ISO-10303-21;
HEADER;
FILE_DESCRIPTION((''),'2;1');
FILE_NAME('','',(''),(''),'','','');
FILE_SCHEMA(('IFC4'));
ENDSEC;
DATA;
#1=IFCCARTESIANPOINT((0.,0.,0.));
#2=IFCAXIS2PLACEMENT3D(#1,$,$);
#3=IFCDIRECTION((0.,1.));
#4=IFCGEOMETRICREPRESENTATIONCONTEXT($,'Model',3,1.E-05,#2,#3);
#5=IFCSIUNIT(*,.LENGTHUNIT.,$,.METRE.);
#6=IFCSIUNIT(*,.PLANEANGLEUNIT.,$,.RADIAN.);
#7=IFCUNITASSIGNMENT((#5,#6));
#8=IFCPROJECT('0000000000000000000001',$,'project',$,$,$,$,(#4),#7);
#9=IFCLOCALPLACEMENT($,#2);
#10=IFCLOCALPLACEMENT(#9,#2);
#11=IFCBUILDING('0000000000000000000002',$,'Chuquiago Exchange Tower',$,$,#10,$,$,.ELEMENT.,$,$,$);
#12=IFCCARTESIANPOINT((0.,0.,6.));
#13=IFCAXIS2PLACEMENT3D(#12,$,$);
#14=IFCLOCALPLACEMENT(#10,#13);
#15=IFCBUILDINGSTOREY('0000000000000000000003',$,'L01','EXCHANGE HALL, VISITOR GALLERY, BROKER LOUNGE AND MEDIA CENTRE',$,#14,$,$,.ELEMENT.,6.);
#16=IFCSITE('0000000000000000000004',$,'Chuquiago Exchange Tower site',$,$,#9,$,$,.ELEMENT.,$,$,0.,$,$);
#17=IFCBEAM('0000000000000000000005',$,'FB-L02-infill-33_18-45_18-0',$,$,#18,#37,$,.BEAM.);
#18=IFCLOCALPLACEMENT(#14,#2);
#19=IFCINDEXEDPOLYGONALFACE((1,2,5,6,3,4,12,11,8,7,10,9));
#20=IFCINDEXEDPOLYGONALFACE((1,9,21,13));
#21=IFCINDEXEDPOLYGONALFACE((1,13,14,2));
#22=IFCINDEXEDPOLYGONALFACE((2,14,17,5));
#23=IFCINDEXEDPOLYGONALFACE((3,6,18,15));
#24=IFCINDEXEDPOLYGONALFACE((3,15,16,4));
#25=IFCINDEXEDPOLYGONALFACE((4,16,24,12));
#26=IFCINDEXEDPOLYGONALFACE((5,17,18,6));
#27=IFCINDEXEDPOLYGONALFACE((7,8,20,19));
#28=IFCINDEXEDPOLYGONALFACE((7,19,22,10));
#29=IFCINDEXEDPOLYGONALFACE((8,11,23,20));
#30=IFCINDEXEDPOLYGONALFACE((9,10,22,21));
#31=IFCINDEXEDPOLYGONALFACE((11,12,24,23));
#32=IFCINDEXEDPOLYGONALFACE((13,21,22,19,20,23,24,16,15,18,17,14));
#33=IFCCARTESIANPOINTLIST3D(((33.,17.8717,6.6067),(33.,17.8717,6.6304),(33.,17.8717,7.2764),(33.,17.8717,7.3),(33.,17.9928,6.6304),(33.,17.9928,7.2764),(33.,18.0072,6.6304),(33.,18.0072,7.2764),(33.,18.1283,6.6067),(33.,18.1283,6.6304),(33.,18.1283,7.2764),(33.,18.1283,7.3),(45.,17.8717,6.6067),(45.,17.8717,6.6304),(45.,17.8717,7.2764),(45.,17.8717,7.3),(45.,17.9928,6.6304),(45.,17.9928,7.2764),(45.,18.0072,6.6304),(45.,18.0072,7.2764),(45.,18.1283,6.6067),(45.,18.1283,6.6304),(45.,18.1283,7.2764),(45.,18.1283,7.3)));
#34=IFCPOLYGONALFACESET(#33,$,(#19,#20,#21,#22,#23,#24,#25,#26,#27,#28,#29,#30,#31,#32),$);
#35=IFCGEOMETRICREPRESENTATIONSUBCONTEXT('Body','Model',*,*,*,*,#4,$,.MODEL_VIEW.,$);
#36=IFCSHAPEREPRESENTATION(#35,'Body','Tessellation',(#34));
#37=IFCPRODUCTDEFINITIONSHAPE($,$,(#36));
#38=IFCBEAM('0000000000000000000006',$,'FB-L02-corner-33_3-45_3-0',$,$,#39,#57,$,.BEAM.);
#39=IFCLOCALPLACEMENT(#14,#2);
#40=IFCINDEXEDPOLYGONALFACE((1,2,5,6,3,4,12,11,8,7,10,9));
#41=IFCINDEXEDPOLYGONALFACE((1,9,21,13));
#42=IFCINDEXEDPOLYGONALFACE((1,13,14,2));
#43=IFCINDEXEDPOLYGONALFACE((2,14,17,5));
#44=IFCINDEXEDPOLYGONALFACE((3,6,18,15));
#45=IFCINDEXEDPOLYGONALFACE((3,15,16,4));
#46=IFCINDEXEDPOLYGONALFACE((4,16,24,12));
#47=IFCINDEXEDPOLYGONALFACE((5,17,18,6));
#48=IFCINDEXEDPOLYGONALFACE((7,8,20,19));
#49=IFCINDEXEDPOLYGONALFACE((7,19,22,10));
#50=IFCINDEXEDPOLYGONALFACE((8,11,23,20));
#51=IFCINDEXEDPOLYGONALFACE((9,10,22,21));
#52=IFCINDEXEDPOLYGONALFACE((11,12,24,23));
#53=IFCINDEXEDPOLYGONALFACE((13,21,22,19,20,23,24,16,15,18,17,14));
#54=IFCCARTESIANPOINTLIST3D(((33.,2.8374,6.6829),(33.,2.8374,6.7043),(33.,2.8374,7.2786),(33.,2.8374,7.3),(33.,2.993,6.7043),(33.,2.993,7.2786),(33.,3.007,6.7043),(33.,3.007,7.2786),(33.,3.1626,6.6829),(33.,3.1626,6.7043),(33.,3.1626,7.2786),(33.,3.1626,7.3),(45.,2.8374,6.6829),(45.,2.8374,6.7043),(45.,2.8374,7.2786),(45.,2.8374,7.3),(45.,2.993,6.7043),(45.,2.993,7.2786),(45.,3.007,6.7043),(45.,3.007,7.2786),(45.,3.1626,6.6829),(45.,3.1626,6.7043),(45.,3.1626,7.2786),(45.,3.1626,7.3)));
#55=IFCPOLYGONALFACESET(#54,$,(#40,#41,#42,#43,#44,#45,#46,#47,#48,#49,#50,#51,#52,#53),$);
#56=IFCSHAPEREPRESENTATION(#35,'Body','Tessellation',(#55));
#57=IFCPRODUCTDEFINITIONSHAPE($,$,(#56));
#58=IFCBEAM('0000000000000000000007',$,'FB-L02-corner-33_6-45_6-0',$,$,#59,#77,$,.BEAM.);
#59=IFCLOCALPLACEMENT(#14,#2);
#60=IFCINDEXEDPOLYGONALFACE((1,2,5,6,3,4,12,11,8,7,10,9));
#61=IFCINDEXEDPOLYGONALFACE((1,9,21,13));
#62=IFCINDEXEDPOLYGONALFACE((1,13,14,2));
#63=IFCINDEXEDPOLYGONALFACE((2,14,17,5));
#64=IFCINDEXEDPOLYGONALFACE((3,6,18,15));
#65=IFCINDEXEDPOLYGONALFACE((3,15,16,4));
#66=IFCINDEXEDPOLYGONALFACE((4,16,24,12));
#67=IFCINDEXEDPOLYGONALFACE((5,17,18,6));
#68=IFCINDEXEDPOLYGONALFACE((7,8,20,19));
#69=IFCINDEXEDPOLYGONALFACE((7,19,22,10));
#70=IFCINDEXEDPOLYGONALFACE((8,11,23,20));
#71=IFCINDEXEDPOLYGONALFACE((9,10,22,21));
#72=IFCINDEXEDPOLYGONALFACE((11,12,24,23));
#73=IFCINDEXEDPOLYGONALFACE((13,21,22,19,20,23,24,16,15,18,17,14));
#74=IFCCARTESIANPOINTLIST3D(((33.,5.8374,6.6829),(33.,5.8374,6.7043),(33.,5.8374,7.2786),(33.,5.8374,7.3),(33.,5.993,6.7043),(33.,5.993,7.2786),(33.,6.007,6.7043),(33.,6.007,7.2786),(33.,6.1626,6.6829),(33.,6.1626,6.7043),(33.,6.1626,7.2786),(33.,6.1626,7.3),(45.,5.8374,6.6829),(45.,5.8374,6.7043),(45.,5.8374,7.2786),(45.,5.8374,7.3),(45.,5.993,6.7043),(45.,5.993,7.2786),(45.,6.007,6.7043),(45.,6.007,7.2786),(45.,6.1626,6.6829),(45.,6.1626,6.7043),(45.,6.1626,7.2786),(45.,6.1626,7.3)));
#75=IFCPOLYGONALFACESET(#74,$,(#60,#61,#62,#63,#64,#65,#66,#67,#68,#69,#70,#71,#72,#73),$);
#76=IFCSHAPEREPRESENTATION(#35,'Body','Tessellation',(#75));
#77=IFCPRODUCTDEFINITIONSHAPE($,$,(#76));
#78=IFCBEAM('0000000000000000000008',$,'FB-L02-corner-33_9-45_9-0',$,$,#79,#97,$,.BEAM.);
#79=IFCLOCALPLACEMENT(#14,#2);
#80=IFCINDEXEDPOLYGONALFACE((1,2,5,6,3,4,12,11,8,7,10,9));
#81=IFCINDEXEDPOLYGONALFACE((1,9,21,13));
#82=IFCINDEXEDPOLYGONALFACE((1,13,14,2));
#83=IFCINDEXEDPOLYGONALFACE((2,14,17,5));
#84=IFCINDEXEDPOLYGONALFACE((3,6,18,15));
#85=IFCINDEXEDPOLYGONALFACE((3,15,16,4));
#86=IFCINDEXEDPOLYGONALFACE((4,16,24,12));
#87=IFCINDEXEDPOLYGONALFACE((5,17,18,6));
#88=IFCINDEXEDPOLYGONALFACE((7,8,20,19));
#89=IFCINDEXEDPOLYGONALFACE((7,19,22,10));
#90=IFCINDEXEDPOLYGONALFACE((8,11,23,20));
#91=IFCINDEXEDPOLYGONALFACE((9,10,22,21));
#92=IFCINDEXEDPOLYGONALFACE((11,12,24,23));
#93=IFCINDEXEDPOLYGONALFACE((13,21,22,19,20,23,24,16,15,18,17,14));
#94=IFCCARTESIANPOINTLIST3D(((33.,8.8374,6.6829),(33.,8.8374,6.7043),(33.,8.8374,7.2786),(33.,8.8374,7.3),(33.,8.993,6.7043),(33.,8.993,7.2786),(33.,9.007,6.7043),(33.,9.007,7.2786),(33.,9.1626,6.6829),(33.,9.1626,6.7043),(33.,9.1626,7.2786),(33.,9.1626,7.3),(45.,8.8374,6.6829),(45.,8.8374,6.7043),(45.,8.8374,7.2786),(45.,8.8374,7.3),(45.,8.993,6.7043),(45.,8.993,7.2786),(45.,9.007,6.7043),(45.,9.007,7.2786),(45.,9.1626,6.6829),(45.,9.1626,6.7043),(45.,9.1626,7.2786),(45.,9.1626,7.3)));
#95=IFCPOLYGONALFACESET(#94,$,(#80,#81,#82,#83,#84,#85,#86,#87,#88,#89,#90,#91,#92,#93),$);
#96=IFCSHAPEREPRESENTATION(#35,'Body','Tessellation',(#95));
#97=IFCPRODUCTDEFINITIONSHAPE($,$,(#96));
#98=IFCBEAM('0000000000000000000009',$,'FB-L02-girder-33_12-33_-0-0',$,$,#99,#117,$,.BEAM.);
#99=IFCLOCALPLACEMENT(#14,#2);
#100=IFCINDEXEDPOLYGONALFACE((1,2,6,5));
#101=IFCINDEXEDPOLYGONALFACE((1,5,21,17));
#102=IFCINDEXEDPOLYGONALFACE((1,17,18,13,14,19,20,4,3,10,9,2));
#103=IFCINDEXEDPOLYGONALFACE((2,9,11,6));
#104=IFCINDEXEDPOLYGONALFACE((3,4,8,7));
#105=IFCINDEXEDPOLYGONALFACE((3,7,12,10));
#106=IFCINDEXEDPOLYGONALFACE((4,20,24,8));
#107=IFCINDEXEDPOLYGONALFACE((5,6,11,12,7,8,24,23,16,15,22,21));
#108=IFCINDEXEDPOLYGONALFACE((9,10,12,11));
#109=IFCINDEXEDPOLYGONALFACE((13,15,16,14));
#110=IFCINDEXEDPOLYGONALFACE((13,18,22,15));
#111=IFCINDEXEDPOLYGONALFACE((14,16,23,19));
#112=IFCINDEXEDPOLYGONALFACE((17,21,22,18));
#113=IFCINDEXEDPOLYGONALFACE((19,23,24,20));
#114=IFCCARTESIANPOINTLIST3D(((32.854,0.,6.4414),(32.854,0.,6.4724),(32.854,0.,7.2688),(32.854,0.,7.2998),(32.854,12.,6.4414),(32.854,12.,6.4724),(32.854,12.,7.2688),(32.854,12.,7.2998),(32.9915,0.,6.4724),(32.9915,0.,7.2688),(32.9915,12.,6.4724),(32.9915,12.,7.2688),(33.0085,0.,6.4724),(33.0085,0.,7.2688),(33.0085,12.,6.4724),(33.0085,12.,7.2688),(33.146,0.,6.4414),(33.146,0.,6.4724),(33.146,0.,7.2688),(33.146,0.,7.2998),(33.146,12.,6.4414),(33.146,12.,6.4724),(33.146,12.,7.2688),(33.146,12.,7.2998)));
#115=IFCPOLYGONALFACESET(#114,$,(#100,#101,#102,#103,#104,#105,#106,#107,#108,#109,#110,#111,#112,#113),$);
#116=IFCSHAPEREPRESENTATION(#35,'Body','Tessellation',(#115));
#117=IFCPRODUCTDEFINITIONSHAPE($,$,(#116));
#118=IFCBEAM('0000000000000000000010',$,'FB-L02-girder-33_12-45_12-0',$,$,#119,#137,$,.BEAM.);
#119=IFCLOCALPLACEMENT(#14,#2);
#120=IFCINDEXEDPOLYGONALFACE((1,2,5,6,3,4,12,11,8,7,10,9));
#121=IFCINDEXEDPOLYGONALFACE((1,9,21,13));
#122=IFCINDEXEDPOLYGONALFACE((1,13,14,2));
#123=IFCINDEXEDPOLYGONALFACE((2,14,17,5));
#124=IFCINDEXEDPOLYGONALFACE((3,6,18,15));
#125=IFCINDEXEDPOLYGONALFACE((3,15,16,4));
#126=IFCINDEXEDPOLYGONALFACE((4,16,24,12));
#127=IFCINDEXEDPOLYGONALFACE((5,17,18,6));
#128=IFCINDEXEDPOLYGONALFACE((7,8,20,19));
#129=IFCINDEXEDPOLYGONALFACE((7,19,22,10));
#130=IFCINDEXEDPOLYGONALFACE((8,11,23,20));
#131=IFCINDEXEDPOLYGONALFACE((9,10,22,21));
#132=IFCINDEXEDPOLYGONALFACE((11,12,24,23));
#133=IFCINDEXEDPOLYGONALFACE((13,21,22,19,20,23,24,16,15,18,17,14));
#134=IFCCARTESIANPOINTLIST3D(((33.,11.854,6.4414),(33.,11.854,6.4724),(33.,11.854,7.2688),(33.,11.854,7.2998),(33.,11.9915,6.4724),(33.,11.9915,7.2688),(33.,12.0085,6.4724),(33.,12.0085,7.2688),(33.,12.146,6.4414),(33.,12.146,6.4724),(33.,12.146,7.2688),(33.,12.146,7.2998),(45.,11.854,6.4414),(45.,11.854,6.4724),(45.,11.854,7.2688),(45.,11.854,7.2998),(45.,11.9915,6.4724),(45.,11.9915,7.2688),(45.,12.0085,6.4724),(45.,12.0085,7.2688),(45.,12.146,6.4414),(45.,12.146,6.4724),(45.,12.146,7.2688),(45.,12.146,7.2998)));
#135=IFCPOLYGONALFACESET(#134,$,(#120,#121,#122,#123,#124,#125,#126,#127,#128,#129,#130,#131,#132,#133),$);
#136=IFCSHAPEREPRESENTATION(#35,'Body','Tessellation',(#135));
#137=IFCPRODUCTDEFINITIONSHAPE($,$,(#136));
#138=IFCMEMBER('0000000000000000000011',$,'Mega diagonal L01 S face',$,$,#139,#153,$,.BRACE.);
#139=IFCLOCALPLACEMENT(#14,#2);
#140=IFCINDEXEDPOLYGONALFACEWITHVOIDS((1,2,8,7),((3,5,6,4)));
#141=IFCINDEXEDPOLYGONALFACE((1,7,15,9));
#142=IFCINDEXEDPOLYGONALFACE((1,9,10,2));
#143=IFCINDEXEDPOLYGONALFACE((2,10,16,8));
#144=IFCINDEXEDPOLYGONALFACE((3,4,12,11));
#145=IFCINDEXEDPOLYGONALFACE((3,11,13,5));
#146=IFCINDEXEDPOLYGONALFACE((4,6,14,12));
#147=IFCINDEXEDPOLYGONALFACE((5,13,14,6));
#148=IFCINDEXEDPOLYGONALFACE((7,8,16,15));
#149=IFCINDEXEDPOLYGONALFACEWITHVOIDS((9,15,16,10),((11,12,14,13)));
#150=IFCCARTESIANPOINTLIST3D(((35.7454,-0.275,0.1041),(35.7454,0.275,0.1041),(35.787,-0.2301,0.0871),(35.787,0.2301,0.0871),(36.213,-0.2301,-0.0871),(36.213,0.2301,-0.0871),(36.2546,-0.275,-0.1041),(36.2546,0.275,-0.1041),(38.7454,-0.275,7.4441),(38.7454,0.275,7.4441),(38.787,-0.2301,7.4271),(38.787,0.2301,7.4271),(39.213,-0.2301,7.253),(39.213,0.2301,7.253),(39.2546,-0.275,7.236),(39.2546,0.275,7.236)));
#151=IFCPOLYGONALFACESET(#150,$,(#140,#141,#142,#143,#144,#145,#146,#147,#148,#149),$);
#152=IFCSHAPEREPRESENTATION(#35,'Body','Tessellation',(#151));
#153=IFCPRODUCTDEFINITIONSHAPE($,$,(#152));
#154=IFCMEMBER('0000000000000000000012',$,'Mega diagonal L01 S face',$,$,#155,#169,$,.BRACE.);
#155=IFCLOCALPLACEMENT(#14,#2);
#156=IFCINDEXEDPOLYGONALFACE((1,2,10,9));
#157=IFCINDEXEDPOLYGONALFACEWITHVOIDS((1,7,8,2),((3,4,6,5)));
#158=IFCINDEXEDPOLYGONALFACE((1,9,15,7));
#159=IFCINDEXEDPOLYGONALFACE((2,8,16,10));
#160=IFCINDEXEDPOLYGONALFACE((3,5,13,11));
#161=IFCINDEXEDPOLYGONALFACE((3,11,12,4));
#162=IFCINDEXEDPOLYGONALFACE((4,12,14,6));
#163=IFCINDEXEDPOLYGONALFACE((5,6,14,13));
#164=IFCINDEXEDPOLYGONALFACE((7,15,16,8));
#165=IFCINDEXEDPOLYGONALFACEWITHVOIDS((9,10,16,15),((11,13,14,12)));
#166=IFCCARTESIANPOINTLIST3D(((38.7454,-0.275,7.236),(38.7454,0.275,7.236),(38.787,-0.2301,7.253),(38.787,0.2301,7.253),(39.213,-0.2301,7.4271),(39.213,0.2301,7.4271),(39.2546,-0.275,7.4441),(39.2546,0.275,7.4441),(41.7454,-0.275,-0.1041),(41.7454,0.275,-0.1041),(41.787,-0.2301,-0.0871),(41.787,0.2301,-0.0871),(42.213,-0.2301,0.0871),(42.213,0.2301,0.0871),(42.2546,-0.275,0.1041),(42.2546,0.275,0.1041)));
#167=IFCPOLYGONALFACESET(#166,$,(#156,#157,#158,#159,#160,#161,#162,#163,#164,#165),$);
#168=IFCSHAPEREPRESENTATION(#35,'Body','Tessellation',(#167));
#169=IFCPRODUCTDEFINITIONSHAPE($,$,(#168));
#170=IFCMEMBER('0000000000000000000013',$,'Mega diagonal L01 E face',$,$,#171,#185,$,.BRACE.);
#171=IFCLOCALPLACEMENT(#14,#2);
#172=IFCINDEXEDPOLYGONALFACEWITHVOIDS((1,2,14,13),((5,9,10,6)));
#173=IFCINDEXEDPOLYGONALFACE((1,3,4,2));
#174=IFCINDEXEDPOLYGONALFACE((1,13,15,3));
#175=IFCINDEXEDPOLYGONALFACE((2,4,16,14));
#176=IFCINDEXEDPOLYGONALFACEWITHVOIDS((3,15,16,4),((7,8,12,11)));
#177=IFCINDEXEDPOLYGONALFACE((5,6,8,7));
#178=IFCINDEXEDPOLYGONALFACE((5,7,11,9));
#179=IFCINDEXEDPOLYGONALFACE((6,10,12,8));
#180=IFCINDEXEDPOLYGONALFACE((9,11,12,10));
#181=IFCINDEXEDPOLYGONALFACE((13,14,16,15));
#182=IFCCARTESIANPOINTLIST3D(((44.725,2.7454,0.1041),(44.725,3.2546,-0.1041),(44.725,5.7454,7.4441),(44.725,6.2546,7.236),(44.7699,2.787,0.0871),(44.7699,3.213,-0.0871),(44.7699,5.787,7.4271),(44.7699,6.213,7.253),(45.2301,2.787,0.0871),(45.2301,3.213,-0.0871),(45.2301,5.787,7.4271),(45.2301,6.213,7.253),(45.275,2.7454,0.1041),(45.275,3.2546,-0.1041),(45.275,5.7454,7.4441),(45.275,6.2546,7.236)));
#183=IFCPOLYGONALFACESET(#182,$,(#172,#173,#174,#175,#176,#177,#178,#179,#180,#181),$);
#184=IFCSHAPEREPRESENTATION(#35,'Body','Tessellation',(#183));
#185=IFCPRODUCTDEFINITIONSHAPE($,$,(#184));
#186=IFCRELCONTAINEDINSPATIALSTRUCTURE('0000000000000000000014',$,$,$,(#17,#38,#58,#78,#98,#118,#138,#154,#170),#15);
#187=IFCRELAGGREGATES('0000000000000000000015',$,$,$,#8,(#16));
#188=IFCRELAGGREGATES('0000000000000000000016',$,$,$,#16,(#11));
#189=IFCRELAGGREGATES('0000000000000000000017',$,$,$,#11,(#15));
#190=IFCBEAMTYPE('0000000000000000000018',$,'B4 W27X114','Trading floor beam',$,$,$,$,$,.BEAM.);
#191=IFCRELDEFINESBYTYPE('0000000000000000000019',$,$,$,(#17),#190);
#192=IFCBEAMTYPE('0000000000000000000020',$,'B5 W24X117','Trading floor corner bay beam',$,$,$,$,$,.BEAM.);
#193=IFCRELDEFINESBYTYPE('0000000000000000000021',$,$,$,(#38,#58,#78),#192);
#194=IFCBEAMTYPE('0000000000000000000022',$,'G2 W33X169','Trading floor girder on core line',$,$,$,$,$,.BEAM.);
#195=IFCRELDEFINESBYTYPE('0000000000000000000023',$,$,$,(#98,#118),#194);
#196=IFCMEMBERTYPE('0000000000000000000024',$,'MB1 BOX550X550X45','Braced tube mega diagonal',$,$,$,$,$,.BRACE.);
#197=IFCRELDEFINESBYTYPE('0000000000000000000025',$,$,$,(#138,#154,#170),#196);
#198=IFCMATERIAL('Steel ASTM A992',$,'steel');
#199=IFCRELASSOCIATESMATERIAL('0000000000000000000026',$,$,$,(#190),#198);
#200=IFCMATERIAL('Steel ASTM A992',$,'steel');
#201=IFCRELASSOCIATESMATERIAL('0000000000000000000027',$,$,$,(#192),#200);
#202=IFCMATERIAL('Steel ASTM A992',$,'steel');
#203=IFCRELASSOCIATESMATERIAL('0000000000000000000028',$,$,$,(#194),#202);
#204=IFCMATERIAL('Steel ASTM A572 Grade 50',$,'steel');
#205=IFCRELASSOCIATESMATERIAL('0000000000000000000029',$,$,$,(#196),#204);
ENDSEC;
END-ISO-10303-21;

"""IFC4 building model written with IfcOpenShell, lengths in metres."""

from ifc_helpers import new_model, si_unit, direction, frame, origin, origin_2d, place, context, subcontext, project, spatial, hollow_rectangle, i_section, extrude, material, material_profile, profile_set, type_object, element, save


model = new_model("IFC4")

# Units and contexts
model_context = context("Model", 3, precision=1e-05, world=origin(), true_north=direction((0.0, 1.0)))
body_context = subcontext(model_context, "Body", "Model", "MODEL_VIEW")
ifc_project = project(units=[si_unit("LENGTHUNIT", "METRE"), si_unit("PLANEANGLEUNIT", "RADIAN")], contexts=[model_context])

# Site, building, storey
site_placement = place(None, origin())
site = spatial("IfcSite", under=ifc_project, at=site_placement, Name="Chuquiago Exchange Tower site", CompositionType="ELEMENT", RefElevation=0.0)
building_placement = place(site_placement, origin())
building = spatial("IfcBuilding", under=site, at=building_placement, Name="Chuquiago Exchange Tower", CompositionType="ELEMENT")
storey_placement = place(building_placement, frame((0.0, 0.0, 6.0)))
storey = spatial("IfcBuildingStorey", under=building, at=storey_placement, Name="L01", Description="EXCHANGE HALL, VISITOR GALLERY, BROKER LOUNGE AND MEDIA CENTRE", CompositionType="ELEMENT", Elevation=6.0)

# Beams
ifc_material_1 = material(Name="Steel ASTM A992", Category="steel")
ifc_material_profile_1 = material_profile(ifc_material_1, i_section(OverallWidth=0.2566, OverallDepth=0.6934, WebThickness=0.0144, FlangeThickness=0.0237, at=origin_2d()), Name="W27X114")
ifc_profile_set_1 = profile_set([ifc_material_profile_1], Name="Steel ASTM A992")
beam_type_1 = type_object("IfcBeamType", Name="B4 W27X114", Description="Trading floor beam", PredefinedType="BEAM", material=ifc_profile_set_1)
for number, where, z_axis, x_axis, name in (
    (1, (33.0, 18.0, 6.9534), (1.0, 0.0, 0.0), (0.0, 1.0, 0.0), "FB-L02-infill-33_18-45_18-0"),
):
    element("IfcBeam", number, at=place(storey_placement, frame(where, z_axis=z_axis, x_axis=x_axis)), inside=storey, type_object=beam_type_1, Name=name, PredefinedType="BEAM", context=body_context, shape_type="SweptSolid", body=[
        extrude(i_section(OverallWidth=0.2566, OverallDepth=0.6934, WebThickness=0.0144, FlangeThickness=0.0237, at=origin_2d()), origin(), (0.0, 0.0, 1.0), 12.0),
    ])
ifc_material_2 = material(Name="Steel ASTM A992", Category="steel")
ifc_material_profile_2 = material_profile(ifc_material_2, i_section(OverallWidth=0.3252, OverallDepth=0.6172, WebThickness=0.0139, FlangeThickness=0.0215, at=origin_2d()), Name="W24X117")
ifc_profile_set_2 = profile_set([ifc_material_profile_2], Name="Steel ASTM A992")
beam_type_2 = type_object("IfcBeamType", Name="B5 W24X117", Description="Trading floor corner bay beam", PredefinedType="BEAM", material=ifc_profile_set_2)
for number, where, z_axis, x_axis, name in (
    (2, (33.0, 3.0, 6.9915), (1.0, 0.0, 0.0), (0.0, 1.0, 0.0), "FB-L02-corner-33_3-45_3-0"),
    (3, (33.0, 6.0, 6.9915), (1.0, 0.0, 0.0), (0.0, 1.0, 0.0), "FB-L02-corner-33_6-45_6-0"),
    (4, (33.0, 9.0, 6.9915), (1.0, 0.0, 0.0), (0.0, 1.0, 0.0), "FB-L02-corner-33_9-45_9-0"),
):
    element("IfcBeam", number, at=place(storey_placement, frame(where, z_axis=z_axis, x_axis=x_axis)), inside=storey, type_object=beam_type_2, Name=name, PredefinedType="BEAM", context=body_context, shape_type="SweptSolid", body=[
        extrude(i_section(OverallWidth=0.3252, OverallDepth=0.6172, WebThickness=0.0139, FlangeThickness=0.0215, at=origin_2d()), origin(), (0.0, 0.0, 1.0), 12.0),
    ])
ifc_material_3 = material(Name="Steel ASTM A992", Category="steel")
ifc_material_profile_3 = material_profile(ifc_material_3, i_section(OverallWidth=0.292, OverallDepth=0.8584, WebThickness=0.0171, FlangeThickness=0.031, at=origin_2d()), Name="W33X169")
ifc_profile_set_3 = profile_set([ifc_material_profile_3], Name="Steel ASTM A992")
beam_type_3 = type_object("IfcBeamType", Name="G2 W33X169", Description="Trading floor girder on core line", PredefinedType="BEAM", material=ifc_profile_set_3)
for number, where, z_axis, x_axis, name in (
    (5, (33.0, 12.0, 6.8706), (0.0, -1.0, 0.0), (1.0, 0.0, 0.0), "FB-L02-girder-33_12-33_-0-0"),
    (6, (33.0, 12.0, 6.8706), (1.0, 0.0, 0.0), (0.0, 1.0, 0.0), "FB-L02-girder-33_12-45_12-0"),
):
    element("IfcBeam", number, at=place(storey_placement, frame(where, z_axis=z_axis, x_axis=x_axis)), inside=storey, type_object=beam_type_3, Name=name, PredefinedType="BEAM", context=body_context, shape_type="SweptSolid", body=[
        extrude(i_section(OverallWidth=0.292, OverallDepth=0.8584, WebThickness=0.0171, FlangeThickness=0.031, at=origin_2d()), origin(), (0.0, 0.0, 1.0), 12.0),
    ])

# Members
ifc_material_4 = material(Name="Steel ASTM A572 Grade 50", Category="steel")
ifc_material_profile_4 = material_profile(ifc_material_4, hollow_rectangle(XDim=0.55, YDim=0.55, WallThickness=0.0449, at=origin_2d()), Name="BOX550X550X45")
ifc_profile_set_4 = profile_set([ifc_material_profile_4], Name="Steel ASTM A572 Grade 50")
member_type = type_object("IfcMemberType", Name="MB1 BOX550X550X45", Description="Braced tube mega diagonal", PredefinedType="BRACE", material=ifc_profile_set_4)
for number, where, z_axis, x_axis, name in (
    (7, (36.0, 0.0, 0.0), (0.378334, 0.0, 0.925669), (0.0, 1.0, 0.0), "Mega diagonal L01 S face"),
    (8, (42.0, 0.0, 0.0), (-0.378334, 0.0, 0.925669), (0.0, -1.0, 0.0), "Mega diagonal L01 S face"),
    (9, (45.0, 3.0, 0.0), (0.0, 0.378334, 0.925669), (-1.0, 0.0, 0.0), "Mega diagonal L01 E face"),
):
    element("IfcMember", number, at=place(storey_placement, frame(where, z_axis=z_axis, x_axis=x_axis)), inside=storey, type_object=member_type, Name=name, PredefinedType="BRACE", context=body_context, shape_type="SweptSolid", body=[
        extrude(hollow_rectangle(XDim=0.55, YDim=0.55, WallThickness=0.0449, at=origin_2d()), origin(), (0.0, 0.0, 1.0), 7.9294),
    ])

save(model, "model.ifc")
